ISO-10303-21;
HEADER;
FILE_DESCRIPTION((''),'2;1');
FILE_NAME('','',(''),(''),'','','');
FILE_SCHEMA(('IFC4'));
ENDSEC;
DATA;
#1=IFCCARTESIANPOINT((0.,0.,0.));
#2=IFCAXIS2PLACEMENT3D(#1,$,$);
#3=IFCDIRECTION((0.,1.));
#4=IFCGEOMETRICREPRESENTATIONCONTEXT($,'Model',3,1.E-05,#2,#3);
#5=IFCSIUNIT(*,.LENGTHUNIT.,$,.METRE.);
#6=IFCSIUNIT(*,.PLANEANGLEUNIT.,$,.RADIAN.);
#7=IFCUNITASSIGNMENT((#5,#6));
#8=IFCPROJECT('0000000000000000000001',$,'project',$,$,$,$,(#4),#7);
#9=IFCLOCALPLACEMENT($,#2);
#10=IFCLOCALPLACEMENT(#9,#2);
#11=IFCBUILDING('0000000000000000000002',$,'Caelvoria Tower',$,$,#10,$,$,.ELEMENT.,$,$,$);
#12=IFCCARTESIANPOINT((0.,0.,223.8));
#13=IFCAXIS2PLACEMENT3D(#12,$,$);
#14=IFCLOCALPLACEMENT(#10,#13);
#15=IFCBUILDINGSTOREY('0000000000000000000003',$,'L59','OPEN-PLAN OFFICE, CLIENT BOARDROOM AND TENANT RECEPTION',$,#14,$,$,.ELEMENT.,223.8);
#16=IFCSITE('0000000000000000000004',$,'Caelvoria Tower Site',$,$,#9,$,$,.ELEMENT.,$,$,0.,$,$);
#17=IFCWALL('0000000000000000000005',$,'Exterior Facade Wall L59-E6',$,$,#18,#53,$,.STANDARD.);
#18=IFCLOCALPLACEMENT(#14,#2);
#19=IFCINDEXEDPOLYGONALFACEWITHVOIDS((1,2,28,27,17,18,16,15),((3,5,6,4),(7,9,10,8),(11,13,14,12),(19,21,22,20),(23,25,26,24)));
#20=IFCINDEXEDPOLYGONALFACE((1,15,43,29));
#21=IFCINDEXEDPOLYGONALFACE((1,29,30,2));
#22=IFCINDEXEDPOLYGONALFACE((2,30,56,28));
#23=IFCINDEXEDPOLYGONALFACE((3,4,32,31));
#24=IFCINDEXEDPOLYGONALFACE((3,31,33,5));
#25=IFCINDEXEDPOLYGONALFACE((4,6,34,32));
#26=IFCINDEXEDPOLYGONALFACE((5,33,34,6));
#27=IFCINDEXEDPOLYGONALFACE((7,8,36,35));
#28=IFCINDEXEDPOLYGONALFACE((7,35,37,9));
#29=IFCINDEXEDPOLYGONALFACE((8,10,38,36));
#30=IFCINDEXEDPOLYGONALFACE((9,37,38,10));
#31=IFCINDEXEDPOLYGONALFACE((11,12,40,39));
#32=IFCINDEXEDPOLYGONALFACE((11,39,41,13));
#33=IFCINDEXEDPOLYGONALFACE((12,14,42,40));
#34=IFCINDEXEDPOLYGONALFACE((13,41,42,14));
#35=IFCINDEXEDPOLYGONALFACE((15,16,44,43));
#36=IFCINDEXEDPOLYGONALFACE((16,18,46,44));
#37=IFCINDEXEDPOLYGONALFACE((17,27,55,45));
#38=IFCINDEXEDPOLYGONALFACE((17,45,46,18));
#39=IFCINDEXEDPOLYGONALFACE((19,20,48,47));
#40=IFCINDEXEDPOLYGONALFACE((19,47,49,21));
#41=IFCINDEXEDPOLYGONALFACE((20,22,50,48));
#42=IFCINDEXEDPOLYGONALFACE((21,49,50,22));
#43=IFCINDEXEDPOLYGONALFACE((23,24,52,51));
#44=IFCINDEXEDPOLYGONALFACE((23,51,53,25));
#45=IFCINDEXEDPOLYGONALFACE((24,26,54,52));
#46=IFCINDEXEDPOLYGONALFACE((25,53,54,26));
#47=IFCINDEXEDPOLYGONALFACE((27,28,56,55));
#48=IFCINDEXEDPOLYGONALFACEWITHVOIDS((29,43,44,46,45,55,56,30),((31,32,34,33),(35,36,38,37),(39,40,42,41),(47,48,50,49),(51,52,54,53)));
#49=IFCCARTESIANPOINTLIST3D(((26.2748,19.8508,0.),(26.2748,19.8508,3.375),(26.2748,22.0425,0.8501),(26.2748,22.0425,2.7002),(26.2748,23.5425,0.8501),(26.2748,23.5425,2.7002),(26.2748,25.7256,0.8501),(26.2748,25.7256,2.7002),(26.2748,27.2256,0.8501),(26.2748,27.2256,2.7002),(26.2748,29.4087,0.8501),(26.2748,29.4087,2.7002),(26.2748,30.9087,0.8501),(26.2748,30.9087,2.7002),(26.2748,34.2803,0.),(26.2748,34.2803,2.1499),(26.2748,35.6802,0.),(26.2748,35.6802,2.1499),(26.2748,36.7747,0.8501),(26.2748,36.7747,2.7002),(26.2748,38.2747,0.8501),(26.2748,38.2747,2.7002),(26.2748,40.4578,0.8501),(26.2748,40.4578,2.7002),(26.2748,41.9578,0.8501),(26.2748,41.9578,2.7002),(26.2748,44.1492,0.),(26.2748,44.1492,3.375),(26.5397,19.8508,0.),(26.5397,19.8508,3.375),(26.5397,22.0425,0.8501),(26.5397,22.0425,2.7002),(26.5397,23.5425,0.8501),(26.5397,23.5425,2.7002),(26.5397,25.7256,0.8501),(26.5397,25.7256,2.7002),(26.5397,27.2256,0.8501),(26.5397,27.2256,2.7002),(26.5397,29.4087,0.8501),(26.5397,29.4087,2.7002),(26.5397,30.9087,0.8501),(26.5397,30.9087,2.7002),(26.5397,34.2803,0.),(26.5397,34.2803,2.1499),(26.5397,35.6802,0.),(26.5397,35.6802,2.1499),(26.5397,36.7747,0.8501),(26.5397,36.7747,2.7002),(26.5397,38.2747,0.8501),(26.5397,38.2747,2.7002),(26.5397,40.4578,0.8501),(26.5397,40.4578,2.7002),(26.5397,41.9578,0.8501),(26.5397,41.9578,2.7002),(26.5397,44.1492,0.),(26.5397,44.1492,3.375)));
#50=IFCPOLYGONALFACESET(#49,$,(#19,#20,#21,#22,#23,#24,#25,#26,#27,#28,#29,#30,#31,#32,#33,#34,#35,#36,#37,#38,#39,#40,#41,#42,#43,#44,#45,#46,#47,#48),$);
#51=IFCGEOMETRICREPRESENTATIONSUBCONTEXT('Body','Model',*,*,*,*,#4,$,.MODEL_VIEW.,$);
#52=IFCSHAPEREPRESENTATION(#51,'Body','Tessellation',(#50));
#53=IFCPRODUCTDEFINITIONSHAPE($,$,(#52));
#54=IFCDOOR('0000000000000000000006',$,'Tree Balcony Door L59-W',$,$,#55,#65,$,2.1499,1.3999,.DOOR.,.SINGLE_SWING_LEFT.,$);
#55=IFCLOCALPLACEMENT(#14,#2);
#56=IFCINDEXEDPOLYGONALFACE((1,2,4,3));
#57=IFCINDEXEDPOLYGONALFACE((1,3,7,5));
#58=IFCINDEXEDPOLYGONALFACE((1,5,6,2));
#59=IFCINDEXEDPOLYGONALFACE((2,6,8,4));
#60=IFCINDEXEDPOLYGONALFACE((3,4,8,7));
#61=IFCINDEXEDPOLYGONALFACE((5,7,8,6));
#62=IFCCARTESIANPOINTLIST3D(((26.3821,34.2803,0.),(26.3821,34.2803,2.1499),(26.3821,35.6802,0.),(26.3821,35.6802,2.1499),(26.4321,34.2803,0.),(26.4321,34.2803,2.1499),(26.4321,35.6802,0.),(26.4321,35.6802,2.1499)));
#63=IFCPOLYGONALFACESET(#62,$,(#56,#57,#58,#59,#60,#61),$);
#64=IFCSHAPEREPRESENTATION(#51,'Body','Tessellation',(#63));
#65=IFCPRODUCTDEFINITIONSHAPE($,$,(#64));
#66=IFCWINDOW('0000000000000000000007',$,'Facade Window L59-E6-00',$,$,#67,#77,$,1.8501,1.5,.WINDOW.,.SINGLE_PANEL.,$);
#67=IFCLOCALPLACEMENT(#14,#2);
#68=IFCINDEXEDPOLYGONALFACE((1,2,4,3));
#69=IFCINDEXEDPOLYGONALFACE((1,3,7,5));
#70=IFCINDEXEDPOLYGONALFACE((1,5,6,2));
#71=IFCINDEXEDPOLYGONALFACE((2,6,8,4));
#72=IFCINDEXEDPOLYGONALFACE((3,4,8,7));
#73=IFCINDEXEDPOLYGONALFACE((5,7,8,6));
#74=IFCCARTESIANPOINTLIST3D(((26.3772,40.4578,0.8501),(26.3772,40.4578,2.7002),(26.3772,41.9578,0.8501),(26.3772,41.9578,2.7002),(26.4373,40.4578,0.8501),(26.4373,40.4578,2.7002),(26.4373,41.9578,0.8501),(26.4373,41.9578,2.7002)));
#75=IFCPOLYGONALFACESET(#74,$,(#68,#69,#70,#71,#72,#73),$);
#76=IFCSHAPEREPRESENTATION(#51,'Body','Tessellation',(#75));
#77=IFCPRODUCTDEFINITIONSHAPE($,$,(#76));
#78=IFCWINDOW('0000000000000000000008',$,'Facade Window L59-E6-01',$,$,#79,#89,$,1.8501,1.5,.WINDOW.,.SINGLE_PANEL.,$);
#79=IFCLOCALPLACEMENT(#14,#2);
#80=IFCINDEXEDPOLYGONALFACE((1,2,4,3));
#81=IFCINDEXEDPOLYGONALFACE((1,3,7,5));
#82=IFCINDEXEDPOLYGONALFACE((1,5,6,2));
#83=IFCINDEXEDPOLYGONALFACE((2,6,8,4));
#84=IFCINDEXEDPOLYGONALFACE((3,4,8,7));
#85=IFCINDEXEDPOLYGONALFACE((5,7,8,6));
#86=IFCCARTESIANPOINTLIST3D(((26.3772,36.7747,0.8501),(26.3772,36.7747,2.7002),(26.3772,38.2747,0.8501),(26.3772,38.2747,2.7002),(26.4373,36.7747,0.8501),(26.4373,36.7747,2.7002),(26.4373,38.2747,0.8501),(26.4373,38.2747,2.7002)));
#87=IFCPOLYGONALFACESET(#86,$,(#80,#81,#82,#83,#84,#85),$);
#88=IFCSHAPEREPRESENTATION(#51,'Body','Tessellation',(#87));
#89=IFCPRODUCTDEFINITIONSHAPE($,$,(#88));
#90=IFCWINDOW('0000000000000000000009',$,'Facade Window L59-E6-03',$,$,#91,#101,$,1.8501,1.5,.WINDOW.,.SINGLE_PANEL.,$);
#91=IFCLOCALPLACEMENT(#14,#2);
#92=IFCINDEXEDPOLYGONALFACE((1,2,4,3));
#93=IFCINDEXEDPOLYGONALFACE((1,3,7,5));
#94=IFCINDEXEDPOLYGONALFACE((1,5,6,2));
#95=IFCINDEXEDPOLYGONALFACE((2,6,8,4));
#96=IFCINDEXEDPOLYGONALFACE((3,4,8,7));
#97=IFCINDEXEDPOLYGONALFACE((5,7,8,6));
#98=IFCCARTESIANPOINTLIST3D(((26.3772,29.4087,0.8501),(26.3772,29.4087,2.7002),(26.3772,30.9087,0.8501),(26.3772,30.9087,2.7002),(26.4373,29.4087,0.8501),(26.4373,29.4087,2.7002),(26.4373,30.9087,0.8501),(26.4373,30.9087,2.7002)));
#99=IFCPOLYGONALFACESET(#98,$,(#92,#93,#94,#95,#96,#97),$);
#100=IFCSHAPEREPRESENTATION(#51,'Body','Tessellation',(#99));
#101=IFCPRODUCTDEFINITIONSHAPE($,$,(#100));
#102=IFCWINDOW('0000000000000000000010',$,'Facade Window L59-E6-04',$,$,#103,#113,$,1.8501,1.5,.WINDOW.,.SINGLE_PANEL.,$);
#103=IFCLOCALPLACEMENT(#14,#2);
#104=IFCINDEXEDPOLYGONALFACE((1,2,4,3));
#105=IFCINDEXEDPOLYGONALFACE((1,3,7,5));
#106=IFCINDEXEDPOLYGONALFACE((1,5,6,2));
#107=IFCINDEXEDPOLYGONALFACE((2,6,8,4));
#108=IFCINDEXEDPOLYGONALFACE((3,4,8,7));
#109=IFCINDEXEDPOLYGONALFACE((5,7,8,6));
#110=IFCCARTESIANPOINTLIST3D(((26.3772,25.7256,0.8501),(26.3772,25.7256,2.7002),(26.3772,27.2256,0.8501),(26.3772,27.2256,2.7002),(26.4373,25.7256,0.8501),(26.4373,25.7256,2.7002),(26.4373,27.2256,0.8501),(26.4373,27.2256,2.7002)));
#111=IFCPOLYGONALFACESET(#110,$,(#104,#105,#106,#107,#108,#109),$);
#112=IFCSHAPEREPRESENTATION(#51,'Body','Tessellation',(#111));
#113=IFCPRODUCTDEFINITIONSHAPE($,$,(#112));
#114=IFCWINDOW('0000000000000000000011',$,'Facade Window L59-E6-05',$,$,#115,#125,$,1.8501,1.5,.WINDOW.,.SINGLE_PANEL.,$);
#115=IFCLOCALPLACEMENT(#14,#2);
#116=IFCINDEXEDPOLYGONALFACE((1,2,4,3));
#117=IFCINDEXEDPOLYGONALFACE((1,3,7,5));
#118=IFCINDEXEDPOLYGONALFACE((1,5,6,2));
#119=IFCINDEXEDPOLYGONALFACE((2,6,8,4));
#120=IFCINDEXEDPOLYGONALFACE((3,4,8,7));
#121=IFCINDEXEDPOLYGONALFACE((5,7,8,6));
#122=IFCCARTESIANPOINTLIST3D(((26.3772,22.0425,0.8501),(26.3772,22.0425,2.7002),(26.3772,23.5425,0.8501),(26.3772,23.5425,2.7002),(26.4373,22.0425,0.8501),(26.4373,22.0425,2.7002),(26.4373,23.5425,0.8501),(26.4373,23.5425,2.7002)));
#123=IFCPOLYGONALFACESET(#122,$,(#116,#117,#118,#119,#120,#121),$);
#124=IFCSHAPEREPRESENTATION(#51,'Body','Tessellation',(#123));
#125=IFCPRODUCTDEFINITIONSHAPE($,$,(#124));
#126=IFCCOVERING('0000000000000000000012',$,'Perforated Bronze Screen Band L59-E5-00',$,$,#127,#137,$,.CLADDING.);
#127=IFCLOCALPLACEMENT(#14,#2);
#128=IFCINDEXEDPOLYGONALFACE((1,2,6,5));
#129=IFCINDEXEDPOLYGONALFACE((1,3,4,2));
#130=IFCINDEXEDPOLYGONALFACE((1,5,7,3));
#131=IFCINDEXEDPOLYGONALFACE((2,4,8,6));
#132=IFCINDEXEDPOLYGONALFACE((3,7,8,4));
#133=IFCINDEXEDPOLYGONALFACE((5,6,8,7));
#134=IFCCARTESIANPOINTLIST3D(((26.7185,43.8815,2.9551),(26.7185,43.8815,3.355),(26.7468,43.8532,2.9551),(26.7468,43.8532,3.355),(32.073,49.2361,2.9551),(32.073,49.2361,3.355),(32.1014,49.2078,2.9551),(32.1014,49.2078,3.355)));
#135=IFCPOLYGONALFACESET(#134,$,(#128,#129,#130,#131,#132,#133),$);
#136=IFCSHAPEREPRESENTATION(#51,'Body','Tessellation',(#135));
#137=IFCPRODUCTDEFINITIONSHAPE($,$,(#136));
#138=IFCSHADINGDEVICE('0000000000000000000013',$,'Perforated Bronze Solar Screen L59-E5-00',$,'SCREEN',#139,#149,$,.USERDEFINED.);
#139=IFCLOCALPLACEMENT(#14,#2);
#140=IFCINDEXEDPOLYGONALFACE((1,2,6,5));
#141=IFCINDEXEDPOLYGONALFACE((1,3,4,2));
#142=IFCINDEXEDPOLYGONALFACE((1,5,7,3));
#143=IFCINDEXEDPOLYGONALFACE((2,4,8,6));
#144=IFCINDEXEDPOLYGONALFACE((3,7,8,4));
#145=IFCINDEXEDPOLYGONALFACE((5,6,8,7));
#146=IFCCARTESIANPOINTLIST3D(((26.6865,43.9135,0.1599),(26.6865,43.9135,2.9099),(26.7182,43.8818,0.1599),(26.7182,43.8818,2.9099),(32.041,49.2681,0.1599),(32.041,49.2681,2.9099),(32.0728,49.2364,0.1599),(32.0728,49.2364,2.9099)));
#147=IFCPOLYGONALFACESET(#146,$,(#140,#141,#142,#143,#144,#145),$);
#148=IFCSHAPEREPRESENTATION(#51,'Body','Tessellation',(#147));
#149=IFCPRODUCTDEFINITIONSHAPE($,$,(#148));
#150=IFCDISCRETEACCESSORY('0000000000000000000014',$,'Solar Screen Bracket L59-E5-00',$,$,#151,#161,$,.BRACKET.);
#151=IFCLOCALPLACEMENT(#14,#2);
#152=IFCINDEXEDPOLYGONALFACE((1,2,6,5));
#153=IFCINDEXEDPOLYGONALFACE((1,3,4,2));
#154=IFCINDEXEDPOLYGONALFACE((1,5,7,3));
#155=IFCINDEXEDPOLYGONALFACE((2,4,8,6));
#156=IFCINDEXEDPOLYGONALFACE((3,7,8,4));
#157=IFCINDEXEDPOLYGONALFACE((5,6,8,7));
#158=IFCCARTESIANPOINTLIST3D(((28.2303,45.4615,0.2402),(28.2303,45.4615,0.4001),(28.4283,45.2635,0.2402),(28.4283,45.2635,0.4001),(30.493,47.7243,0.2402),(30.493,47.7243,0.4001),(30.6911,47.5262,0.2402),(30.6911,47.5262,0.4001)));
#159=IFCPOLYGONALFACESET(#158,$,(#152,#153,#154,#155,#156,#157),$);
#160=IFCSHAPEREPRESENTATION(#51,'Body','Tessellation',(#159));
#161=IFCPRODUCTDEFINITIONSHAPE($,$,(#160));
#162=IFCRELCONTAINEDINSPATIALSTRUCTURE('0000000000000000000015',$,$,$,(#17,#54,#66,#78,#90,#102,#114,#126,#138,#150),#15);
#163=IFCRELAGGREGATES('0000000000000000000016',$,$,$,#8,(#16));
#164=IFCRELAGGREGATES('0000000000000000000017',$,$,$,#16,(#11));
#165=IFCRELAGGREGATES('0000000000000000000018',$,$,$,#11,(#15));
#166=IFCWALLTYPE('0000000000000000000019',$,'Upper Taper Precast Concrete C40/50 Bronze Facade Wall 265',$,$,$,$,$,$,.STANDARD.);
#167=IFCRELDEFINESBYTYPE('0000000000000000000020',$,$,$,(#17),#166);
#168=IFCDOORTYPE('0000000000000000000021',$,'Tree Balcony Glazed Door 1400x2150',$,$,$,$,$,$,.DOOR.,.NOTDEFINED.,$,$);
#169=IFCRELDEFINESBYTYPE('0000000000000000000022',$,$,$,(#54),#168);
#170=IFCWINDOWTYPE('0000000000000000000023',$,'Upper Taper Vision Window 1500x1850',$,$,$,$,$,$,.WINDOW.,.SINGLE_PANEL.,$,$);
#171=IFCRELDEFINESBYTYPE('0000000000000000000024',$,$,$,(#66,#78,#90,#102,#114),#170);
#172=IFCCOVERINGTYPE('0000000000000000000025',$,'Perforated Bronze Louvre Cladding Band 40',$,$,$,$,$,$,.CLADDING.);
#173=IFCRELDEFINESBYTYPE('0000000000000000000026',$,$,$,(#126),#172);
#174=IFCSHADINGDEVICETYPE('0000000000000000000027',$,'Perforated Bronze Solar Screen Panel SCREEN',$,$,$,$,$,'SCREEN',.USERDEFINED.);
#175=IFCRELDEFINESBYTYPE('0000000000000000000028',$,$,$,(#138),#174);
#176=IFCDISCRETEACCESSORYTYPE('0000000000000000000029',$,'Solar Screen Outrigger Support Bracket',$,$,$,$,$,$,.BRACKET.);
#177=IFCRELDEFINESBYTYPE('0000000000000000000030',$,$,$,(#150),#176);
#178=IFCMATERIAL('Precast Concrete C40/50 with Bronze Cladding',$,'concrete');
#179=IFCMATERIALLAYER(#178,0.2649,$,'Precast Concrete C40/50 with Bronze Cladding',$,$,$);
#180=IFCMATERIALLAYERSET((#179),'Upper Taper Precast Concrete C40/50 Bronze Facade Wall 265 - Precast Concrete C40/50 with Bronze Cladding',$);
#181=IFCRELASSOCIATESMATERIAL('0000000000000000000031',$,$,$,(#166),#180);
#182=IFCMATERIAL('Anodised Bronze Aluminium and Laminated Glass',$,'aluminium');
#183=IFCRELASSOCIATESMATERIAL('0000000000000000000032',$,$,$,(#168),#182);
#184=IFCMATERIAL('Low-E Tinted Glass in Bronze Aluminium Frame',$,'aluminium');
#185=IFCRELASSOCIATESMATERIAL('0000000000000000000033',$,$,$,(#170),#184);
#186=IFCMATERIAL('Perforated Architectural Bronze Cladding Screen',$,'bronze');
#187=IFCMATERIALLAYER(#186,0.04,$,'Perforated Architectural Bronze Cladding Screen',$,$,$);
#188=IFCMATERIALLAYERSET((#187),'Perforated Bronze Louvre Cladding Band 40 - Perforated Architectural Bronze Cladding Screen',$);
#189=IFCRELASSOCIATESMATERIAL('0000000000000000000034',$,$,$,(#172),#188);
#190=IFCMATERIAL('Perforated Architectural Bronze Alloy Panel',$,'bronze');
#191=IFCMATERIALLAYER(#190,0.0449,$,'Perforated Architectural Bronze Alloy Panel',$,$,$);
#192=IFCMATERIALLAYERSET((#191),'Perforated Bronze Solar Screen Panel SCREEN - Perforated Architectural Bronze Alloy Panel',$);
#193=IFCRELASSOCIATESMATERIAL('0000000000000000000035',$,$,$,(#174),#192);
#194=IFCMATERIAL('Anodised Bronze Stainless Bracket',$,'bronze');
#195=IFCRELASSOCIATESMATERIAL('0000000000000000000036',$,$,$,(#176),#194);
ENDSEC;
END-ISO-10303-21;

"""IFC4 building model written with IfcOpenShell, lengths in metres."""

from ifc_helpers import new_model, si_unit, direction, frame, frame_2d, origin, origin_2d, place, context, subcontext, project, spatial, rectangle, extrude, material, layer, layer_set, type_object, element, fill, save


model = new_model("IFC4")

# Units and contexts
model_context = context("Model", 3, precision=1e-05, world=origin(), true_north=direction((0.0, 1.0)))
body_context = subcontext(model_context, "Body", "Model", "MODEL_VIEW")
ifc_project = project(units=[si_unit("LENGTHUNIT", "METRE"), si_unit("PLANEANGLEUNIT", "RADIAN")], contexts=[model_context])

# Site, building, storey
site_placement = place(None, origin())
site = spatial("IfcSite", under=ifc_project, at=site_placement, Name="Caelvoria Tower Site", CompositionType="ELEMENT", RefElevation=0.0)
building_placement = place(site_placement, origin())
building = spatial("IfcBuilding", under=site, at=building_placement, Name="Caelvoria Tower", CompositionType="ELEMENT")
storey_placement = place(building_placement, frame((0.0, 0.0, 223.8)))
storey = spatial("IfcBuildingStorey", under=building, at=storey_placement, Name="L59", Description="OPEN-PLAN OFFICE, CLIENT BOARDROOM AND TENANT RECEPTION", CompositionType="ELEMENT", Elevation=223.8)

# Shared definitions
ifc_material_1 = material(Name="Precast Concrete C40/50 with Bronze Cladding", Category="concrete")
ifc_layer_1 = layer(ifc_material_1, 0.2649, Name="Precast Concrete C40/50 with Bronze Cladding")
ifc_layer_set_1 = layer_set([ifc_layer_1], Name="Upper Taper Precast Concrete C40/50 Bronze Facade Wall 265 - Precast Concrete C40/50 with Bronze Cladding")
wall_type = type_object("IfcWallType", Name="Upper Taper Precast Concrete C40/50 Bronze Facade Wall 265", PredefinedType="STANDARD", material=ifc_layer_set_1)

# Wall, openings, door, windows
wall_1_placement = place(storey_placement, frame((26.4072, 44.1492, 0.0), z_axis=(0.0, 0.0, 1.0), x_axis=(0.0, -1.0, 0.0)))
wall_1 = element("IfcWall", 1, at=wall_1_placement, inside=storey, type_object=wall_type, Name="Exterior Facade Wall L59-E6", PredefinedType="STANDARD", context=body_context, shape_type="SweptSolid", body=[
    extrude(rectangle(XDim=24.2983, YDim=0.2649, at=frame_2d((12.1492, 0.0))), origin(), (0.0, 0.0, 1.0), 3.375),
])
opening_1_placement = place(wall_1_placement, frame((8.469, 0.0, 0.0)))
opening_1 = element("IfcOpeningElement", 2, at=opening_1_placement, cuts=wall_1, PredefinedType="OPENING", context=body_context, shape_type="SweptSolid", body=[
    extrude(rectangle(XDim=1.3999, YDim=2.1499, at=frame_2d((0.7, 1.075))), frame((0.0, 0.1423, 0.0), z_axis=(0.0, -1.0, 0.0), x_axis=(1.0, 0.0, 0.0)), (0.0, 0.0, 1.0), 0.2849),
])
opening_2_placement = place(wall_1_placement, frame((2.1914, 0.0, 0.8501)))
opening_2 = element("IfcOpeningElement", 3, at=opening_2_placement, cuts=wall_1, PredefinedType="OPENING", context=body_context, shape_type="SweptSolid", body=[
    extrude(rectangle(XDim=1.5, YDim=1.8501, at=frame_2d((0.75, 0.925))), frame((0.0, 0.1423, 0.0), z_axis=(0.0, -1.0, 0.0), x_axis=(1.0, 0.0, 0.0)), (0.0, 0.0, 1.0), 0.2849),
])
opening_3_placement = place(wall_1_placement, frame((5.8745, 0.0, 0.8501)))
opening_3 = element("IfcOpeningElement", 4, at=opening_3_placement, cuts=wall_1, PredefinedType="OPENING", context=body_context, shape_type="SweptSolid", body=[
    extrude(rectangle(XDim=1.5, YDim=1.8501, at=frame_2d((0.75, 0.925))), frame((0.0, 0.1423, 0.0), z_axis=(0.0, -1.0, 0.0), x_axis=(1.0, 0.0, 0.0)), (0.0, 0.0, 1.0), 0.2849),
])
opening_4_placement = place(wall_1_placement, frame((13.2405, 0.0, 0.8501)))
opening_4 = element("IfcOpeningElement", 5, at=opening_4_placement, cuts=wall_1, PredefinedType="OPENING", context=body_context, shape_type="SweptSolid", body=[
    extrude(rectangle(XDim=1.5, YDim=1.8501, at=frame_2d((0.75, 0.925))), frame((0.0, 0.1423, 0.0), z_axis=(0.0, -1.0, 0.0), x_axis=(1.0, 0.0, 0.0)), (0.0, 0.0, 1.0), 0.2849),
])
opening_5_placement = place(wall_1_placement, frame((16.9236, 0.0, 0.8501)))
opening_5 = element("IfcOpeningElement", 6, at=opening_5_placement, cuts=wall_1, PredefinedType="OPENING", context=body_context, shape_type="SweptSolid", body=[
    extrude(rectangle(XDim=1.5, YDim=1.8501, at=frame_2d((0.75, 0.925))), frame((0.0, 0.1423, 0.0), z_axis=(0.0, -1.0, 0.0), x_axis=(1.0, 0.0, 0.0)), (0.0, 0.0, 1.0), 0.2849),
])
opening_6_placement = place(wall_1_placement, frame((20.6067, 0.0, 0.8501)))
opening_6 = element("IfcOpeningElement", 7, at=opening_6_placement, cuts=wall_1, PredefinedType="OPENING", context=body_context, shape_type="SweptSolid", body=[
    extrude(rectangle(XDim=1.5, YDim=1.8501, at=frame_2d((0.75, 0.925))), frame((0.0, 0.1423, 0.0), z_axis=(0.0, -1.0, 0.0), x_axis=(1.0, 0.0, 0.0)), (0.0, 0.0, 1.0), 0.2849),
])
ifc_material_2 = material(Name="Anodised Bronze Aluminium and Laminated Glass", Category="aluminium")
door_type = type_object("IfcDoorType", Name="Tree Balcony Glazed Door 1400x2150", OperationType="NOTDEFINED", PredefinedType="DOOR", material=ifc_material_2)
door_placement = place(opening_1_placement, origin())
door = element("IfcDoor", 8, at=door_placement, inside=storey, type_object=door_type, Name="Tree Balcony Door L59-W", OperationType="SINGLE_SWING_LEFT", OverallHeight=2.1499, OverallWidth=1.3999, PredefinedType="DOOR", context=body_context, shape_type="SweptSolid", body=[
    extrude(rectangle(XDim=1.3999, YDim=2.1499, at=frame_2d((0.7, 1.075))), frame((0.0, 0.0249, 0.0), z_axis=(0.0, -1.0, 0.0), x_axis=(1.0, 0.0, 0.0)), (0.0, 0.0, 1.0), 0.05),
])
fill(opening_1, door)
ifc_material_3 = material(Name="Low-E Tinted Glass in Bronze Aluminium Frame", Category="aluminium")
window_type = type_object("IfcWindowType", Name="Upper Taper Vision Window 1500x1850", PartitioningType="SINGLE_PANEL", PredefinedType="WINDOW", material=ifc_material_3)
window_1_placement = place(opening_2_placement, origin())
window_1 = element("IfcWindow", 9, at=window_1_placement, inside=storey, type_object=window_type, Name="Facade Window L59-E6-00", OverallHeight=1.8501, OverallWidth=1.5, PartitioningType="SINGLE_PANEL", PredefinedType="WINDOW", context=body_context, shape_type="SweptSolid", body=[
    extrude(rectangle(XDim=1.5, YDim=1.8501, at=frame_2d((0.75, 0.925))), frame((0.0, 0.03, 0.0), z_axis=(0.0, -1.0, 0.0), x_axis=(1.0, 0.0, 0.0)), (0.0, 0.0, 1.0), 0.0601),
])
fill(opening_2, window_1)
window_2_placement = place(opening_3_placement, origin())
window_2 = element("IfcWindow", 10, at=window_2_placement, inside=storey, type_object=window_type, Name="Facade Window L59-E6-01", OverallHeight=1.8501, OverallWidth=1.5, PartitioningType="SINGLE_PANEL", PredefinedType="WINDOW", context=body_context, shape_type="SweptSolid", body=[
    extrude(rectangle(XDim=1.5, YDim=1.8501, at=frame_2d((0.75, 0.925))), frame((0.0, 0.03, 0.0), z_axis=(0.0, -1.0, 0.0), x_axis=(1.0, 0.0, 0.0)), (0.0, 0.0, 1.0), 0.0601),
])
fill(opening_3, window_2)
window_3_placement = place(opening_4_placement, origin())
window_3 = element("IfcWindow", 11, at=window_3_placement, inside=storey, type_object=window_type, Name="Facade Window L59-E6-03", OverallHeight=1.8501, OverallWidth=1.5, PartitioningType="SINGLE_PANEL", PredefinedType="WINDOW", context=body_context, shape_type="SweptSolid", body=[
    extrude(rectangle(XDim=1.5, YDim=1.8501, at=frame_2d((0.75, 0.925))), frame((0.0, 0.03, 0.0), z_axis=(0.0, -1.0, 0.0), x_axis=(1.0, 0.0, 0.0)), (0.0, 0.0, 1.0), 0.0601),
])
fill(opening_4, window_3)
window_4_placement = place(opening_5_placement, origin())
window_4 = element("IfcWindow", 12, at=window_4_placement, inside=storey, type_object=window_type, Name="Facade Window L59-E6-04", OverallHeight=1.8501, OverallWidth=1.5, PartitioningType="SINGLE_PANEL", PredefinedType="WINDOW", context=body_context, shape_type="SweptSolid", body=[
    extrude(rectangle(XDim=1.5, YDim=1.8501, at=frame_2d((0.75, 0.925))), frame((0.0, 0.03, 0.0), z_axis=(0.0, -1.0, 0.0), x_axis=(1.0, 0.0, 0.0)), (0.0, 0.0, 1.0), 0.0601),
])
fill(opening_5, window_4)
window_5_placement = place(opening_6_placement, origin())
window_5 = element("IfcWindow", 13, at=window_5_placement, inside=storey, type_object=window_type, Name="Facade Window L59-E6-05", OverallHeight=1.8501, OverallWidth=1.5, PartitioningType="SINGLE_PANEL", PredefinedType="WINDOW", context=body_context, shape_type="SweptSolid", body=[
    extrude(rectangle(XDim=1.5, YDim=1.8501, at=frame_2d((0.75, 0.925))), frame((0.0, 0.03, 0.0), z_axis=(0.0, -1.0, 0.0), x_axis=(1.0, 0.0, 0.0)), (0.0, 0.0, 1.0), 0.0601),
])
fill(opening_6, window_5)

# Covering
ifc_material_4 = material(Name="Perforated Architectural Bronze Cladding Screen", Category="bronze")
ifc_layer_2 = layer(ifc_material_4, 0.04, Name="Perforated Architectural Bronze Cladding Screen")
ifc_layer_set_2 = layer_set([ifc_layer_2], Name="Perforated Bronze Louvre Cladding Band 40 - Perforated Architectural Bronze Cladding Screen")
covering_type = type_object("IfcCoveringType", Name="Perforated Bronze Louvre Cladding Band 40", PredefinedType="CLADDING", material=ifc_layer_set_2)
covering_placement = place(storey_placement, frame((29.4099, 46.5447, 2.9551), z_axis=(0.0, 0.0, 1.0), x_axis=(-0.707107, -0.707107, 0.0)))
element("IfcCovering", 14, at=covering_placement, inside=storey, type_object=covering_type, Name="Perforated Bronze Screen Band L59-E5-00", PredefinedType="CLADDING", context=body_context, shape_type="SweptSolid", body=[
    extrude(rectangle(XDim=7.5725, YDim=0.04, at=origin_2d()), origin(), (0.0, 0.0, 1.0), 0.3999),
])

# Shading device
ifc_material_5 = material(Name="Perforated Architectural Bronze Alloy Panel", Category="bronze")
ifc_layer_3 = layer(ifc_material_5, 0.0449, Name="Perforated Architectural Bronze Alloy Panel")
ifc_layer_set_3 = layer_set([ifc_layer_3], Name="Perforated Bronze Solar Screen Panel SCREEN - Perforated Architectural Bronze Alloy Panel")
shading_device_type = type_object("IfcShadingDeviceType", Name="Perforated Bronze Solar Screen Panel SCREEN", ElementType="SCREEN", PredefinedType="USERDEFINED", material=ifc_layer_set_3)
shading_device_placement = place(storey_placement, frame((29.3796, 46.575, 0.1599), z_axis=(0.0, 0.0, 1.0), x_axis=(-0.707107, -0.707107, 0.0)))
element("IfcShadingDevice", 15, at=shading_device_placement, inside=storey, type_object=shading_device_type, Name="Perforated Bronze Solar Screen L59-E5-00", ObjectType="SCREEN", PredefinedType="USERDEFINED", context=body_context, shape_type="SweptSolid", body=[
    extrude(rectangle(XDim=7.5725, YDim=0.0449, at=origin_2d()), origin(), (0.0, 0.0, 1.0), 2.75),
])

# Discrete accessory
ifc_material_6 = material(Name="Anodised Bronze Stainless Bracket", Category="bronze")
discrete_accessory_type = type_object("IfcDiscreteAccessoryType", Name="Solar Screen Outrigger Support Bracket", PredefinedType="BRACKET", material=ifc_material_6)
for number, where, z_axis, x_axis, name in (
    (16, (29.4607, 46.4939, 0.2402), (0.0, 0.0, 1.0), (-0.707107, -0.707107, 0.0), "Solar Screen Bracket L59-E5-00"),
):
    element("IfcDiscreteAccessory", number, at=place(storey_placement, frame(where, z_axis=z_axis, x_axis=x_axis)), inside=storey, type_object=discrete_accessory_type, Name=name, PredefinedType="BRACKET", context=body_context, shape_type="SweptSolid", body=[
        extrude(rectangle(XDim=3.2, YDim=0.28, at=origin_2d()), origin(), (0.0, 0.0, 1.0), 0.1599),
    ])

save(model, "model.ifc")
